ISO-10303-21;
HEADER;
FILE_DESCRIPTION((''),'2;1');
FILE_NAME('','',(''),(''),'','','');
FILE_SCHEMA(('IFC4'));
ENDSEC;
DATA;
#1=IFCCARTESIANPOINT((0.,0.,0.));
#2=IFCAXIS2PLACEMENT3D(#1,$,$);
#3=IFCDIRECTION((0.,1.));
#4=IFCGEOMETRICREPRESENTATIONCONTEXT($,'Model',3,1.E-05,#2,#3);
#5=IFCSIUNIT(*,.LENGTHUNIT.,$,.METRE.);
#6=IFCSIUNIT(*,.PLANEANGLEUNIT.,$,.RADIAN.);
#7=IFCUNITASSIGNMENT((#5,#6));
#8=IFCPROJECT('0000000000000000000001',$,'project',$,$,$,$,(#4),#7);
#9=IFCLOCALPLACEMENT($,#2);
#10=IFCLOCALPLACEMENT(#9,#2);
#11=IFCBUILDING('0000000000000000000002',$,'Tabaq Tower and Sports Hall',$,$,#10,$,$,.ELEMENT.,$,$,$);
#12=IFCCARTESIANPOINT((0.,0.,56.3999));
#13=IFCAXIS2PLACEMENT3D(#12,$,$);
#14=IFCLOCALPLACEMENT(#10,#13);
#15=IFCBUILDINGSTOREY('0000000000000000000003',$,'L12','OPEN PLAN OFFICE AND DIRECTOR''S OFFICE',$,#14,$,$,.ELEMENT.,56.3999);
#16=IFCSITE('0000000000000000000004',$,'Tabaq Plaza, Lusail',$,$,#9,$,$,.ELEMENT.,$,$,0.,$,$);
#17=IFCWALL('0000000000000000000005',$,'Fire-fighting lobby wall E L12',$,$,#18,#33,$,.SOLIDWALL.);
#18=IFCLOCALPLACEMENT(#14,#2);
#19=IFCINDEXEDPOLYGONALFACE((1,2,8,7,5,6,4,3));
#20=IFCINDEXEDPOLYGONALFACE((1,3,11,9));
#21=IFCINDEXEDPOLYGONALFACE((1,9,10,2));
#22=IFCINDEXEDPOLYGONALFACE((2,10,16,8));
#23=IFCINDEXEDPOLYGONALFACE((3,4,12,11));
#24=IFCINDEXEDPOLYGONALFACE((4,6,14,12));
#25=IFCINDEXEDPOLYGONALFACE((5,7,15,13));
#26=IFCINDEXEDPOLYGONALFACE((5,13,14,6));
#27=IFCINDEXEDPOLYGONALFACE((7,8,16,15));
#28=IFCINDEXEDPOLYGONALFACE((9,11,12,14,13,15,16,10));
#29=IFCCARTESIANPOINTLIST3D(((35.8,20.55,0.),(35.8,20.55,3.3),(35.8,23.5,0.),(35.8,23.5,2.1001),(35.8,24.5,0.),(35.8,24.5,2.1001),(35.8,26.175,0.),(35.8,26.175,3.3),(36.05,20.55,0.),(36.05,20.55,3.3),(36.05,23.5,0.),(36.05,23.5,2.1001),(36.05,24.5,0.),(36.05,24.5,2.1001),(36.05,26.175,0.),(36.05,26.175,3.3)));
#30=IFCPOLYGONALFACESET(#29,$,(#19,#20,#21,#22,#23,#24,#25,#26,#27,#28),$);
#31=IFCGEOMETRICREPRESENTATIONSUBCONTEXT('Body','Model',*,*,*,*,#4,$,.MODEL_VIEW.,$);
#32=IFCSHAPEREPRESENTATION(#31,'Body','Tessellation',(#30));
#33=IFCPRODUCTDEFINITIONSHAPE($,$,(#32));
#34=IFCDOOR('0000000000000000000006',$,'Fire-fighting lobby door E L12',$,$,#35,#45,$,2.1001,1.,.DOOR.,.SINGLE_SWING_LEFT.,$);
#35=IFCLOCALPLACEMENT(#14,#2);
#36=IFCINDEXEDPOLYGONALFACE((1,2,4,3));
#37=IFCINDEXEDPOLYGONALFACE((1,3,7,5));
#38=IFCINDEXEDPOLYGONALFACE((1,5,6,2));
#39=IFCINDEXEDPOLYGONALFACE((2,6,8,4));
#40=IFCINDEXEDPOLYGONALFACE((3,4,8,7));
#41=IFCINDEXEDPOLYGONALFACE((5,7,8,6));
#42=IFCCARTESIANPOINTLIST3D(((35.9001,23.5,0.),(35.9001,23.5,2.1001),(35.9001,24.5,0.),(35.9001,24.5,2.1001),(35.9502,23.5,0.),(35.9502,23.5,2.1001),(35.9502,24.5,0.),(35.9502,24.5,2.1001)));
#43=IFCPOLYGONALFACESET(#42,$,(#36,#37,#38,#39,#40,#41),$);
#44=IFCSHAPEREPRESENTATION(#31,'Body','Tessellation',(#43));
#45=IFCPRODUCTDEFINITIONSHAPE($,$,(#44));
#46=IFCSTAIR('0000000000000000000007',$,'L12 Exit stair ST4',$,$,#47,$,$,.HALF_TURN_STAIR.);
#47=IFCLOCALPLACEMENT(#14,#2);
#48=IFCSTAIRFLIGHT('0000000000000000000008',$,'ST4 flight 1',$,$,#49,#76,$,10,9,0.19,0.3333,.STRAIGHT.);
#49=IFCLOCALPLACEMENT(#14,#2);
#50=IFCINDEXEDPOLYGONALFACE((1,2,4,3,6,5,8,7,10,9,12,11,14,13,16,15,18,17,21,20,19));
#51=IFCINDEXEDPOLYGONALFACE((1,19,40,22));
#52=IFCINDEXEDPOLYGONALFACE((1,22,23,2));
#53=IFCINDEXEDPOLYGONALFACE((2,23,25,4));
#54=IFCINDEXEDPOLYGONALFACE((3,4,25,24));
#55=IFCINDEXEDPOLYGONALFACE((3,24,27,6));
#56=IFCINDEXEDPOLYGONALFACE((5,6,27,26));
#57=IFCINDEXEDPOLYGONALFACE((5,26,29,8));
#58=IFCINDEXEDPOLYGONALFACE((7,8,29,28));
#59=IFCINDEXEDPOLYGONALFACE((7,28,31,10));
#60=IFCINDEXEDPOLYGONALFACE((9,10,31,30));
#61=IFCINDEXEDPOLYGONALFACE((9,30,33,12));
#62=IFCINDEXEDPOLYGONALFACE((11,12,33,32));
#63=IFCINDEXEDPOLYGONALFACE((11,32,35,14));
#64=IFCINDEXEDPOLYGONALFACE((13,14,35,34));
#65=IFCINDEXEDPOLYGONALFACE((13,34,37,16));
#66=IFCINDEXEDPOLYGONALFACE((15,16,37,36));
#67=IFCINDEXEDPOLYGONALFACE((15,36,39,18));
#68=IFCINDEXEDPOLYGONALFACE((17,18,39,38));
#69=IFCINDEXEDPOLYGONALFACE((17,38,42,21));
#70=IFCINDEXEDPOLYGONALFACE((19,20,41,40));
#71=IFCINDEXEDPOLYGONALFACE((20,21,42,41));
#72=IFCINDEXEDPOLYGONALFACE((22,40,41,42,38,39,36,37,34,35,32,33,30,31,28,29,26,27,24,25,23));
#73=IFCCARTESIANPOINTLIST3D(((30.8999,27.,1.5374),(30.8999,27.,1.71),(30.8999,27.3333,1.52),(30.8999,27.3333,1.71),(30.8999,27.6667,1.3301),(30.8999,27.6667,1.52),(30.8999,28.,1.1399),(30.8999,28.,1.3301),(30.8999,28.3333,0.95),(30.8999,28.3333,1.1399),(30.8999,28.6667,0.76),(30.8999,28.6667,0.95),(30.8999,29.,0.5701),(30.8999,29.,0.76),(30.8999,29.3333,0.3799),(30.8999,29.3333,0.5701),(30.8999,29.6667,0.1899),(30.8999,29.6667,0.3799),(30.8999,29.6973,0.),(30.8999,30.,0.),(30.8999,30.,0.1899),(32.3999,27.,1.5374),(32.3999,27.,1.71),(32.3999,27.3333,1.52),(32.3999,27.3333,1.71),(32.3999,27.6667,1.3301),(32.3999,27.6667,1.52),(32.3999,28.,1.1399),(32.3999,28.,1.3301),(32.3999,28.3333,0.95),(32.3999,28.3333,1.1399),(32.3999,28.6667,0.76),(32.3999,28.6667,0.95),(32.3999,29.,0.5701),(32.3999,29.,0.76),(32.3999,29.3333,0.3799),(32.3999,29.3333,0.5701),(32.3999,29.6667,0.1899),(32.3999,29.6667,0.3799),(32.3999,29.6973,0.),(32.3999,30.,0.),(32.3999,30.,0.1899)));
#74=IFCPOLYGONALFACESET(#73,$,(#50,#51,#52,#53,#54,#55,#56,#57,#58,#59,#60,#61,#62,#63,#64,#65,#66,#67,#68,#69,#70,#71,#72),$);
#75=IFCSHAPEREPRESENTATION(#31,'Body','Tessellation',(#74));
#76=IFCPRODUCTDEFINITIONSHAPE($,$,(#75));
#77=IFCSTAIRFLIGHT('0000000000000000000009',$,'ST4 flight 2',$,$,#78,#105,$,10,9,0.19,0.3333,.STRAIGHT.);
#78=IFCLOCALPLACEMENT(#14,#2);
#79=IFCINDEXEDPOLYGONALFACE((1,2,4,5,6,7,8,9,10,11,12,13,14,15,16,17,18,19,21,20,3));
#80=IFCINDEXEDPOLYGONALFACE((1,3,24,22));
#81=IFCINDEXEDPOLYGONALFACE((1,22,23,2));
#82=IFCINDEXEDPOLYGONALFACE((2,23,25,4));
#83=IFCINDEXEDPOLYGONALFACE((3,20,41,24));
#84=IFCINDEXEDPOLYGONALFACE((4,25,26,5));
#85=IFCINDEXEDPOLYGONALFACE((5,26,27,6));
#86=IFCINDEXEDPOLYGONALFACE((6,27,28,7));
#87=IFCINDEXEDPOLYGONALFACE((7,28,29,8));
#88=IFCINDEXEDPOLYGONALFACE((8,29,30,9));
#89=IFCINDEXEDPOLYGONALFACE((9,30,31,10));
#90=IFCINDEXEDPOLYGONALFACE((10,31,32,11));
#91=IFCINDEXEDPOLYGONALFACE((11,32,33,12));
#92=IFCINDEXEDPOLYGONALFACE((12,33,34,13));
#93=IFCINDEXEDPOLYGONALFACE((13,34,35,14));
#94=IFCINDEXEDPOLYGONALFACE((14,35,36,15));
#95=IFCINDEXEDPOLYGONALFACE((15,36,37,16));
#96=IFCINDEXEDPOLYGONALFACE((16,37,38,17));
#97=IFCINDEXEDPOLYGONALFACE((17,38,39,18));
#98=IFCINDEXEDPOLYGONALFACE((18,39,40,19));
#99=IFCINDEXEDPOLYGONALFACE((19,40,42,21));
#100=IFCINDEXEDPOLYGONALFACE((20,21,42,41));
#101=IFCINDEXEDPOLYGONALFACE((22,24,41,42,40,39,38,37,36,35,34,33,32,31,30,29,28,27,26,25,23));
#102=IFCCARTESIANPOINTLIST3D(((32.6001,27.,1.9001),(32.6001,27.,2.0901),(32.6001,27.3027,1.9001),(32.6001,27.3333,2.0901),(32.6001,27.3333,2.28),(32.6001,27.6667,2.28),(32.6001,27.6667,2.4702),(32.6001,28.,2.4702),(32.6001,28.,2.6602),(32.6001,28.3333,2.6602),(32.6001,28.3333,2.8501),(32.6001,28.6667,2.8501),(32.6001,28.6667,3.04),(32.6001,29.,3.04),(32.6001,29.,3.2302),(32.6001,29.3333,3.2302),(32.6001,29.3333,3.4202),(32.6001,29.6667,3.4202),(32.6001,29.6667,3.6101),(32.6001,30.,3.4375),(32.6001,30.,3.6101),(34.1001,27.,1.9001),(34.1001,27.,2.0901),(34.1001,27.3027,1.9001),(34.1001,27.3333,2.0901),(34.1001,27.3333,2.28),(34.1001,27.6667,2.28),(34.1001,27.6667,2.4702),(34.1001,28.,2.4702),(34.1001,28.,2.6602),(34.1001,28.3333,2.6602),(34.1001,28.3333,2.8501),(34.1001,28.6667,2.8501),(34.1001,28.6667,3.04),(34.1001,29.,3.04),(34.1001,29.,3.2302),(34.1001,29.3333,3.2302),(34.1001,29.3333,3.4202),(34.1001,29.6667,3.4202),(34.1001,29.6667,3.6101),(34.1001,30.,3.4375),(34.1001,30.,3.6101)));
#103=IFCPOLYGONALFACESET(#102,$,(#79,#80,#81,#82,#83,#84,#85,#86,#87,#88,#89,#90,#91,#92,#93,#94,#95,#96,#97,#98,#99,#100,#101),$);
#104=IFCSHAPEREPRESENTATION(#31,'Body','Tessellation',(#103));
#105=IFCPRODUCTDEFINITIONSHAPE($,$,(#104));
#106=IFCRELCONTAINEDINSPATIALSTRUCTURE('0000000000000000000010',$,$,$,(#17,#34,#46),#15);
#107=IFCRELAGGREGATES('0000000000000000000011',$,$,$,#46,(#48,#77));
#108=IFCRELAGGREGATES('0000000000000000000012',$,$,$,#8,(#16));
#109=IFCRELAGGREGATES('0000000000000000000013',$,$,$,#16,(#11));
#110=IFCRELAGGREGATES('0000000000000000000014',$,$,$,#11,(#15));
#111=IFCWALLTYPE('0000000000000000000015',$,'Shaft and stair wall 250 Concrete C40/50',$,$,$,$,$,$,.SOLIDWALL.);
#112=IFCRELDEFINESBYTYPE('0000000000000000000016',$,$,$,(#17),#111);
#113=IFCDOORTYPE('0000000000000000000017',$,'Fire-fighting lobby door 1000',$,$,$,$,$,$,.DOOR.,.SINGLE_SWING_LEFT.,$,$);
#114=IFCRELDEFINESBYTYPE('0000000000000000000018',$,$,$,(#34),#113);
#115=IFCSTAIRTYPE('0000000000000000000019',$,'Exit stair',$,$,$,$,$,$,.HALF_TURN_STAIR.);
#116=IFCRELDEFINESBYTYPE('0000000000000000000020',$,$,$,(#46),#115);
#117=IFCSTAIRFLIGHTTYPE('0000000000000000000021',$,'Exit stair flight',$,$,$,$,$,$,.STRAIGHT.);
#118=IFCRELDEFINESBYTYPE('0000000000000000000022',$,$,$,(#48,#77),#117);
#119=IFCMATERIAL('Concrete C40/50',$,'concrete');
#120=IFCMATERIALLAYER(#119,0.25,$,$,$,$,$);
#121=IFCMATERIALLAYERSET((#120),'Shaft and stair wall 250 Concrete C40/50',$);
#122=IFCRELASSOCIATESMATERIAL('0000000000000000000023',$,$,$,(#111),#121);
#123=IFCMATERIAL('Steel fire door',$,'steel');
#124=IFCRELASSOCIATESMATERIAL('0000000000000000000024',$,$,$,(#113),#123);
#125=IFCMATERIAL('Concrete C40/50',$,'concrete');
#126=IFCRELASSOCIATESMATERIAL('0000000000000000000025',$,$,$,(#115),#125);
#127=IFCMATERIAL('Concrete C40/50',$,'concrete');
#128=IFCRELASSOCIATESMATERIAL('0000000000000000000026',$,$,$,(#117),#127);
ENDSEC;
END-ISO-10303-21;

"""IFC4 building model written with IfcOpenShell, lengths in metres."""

from ifc_helpers import new_model, si_unit, direction, frame, frame_2d, origin, place, context, subcontext, project, spatial, polyline, rectangle, outline, extrude, material, layer, layer_set, type_object, element, fill, aggregate, save


model = new_model("IFC4")

# Units and contexts
model_context = context("Model", 3, precision=1e-05, world=origin(), true_north=direction((0.0, 1.0)))
body_context = subcontext(model_context, "Body", "Model", "MODEL_VIEW")
ifc_project = project(units=[si_unit("LENGTHUNIT", "METRE"), si_unit("PLANEANGLEUNIT", "RADIAN")], contexts=[model_context])

# Site, building, storey
site_placement = place(None, origin())
site = spatial("IfcSite", under=ifc_project, at=site_placement, Name="Tabaq Plaza, Lusail", CompositionType="ELEMENT", RefElevation=0.0)
building_placement = place(site_placement, origin())
building = spatial("IfcBuilding", under=site, at=building_placement, Name="Tabaq Tower and Sports Hall", CompositionType="ELEMENT")
storey_placement = place(building_placement, frame((0.0, 0.0, 56.3999)))
storey = spatial("IfcBuildingStorey", under=building, at=storey_placement, Name="L12", Description="OPEN PLAN OFFICE AND DIRECTOR'S OFFICE", CompositionType="ELEMENT", Elevation=56.3999)

# Shared definitions
ifc_material_1 = material(Name="Concrete C40/50", Category="concrete")
ifc_layer_1 = layer(ifc_material_1, 0.25)
ifc_layer_set_1 = layer_set([ifc_layer_1], Name="Shaft and stair wall 250 Concrete C40/50")
wall_type_1 = type_object("IfcWallType", Name="Shaft and stair wall 250 Concrete C40/50", PredefinedType="SOLIDWALL", material=ifc_layer_set_1)

# Shared definitions
ifc_material_2 = material(Name="Steel fire door", Category="steel")
door_type_1 = type_object("IfcDoorType", Name="Fire-fighting lobby door 1000", OperationType="SINGLE_SWING_LEFT", PredefinedType="DOOR", material=ifc_material_2)

# Wall, opening, door
wall_1_placement = place(storey_placement, frame((35.925, 20.55, 0.0), z_axis=(0.0, 0.0, 1.0), x_axis=(0.0, 1.0, 0.0)))
wall_1 = element("IfcWall", 1, at=wall_1_placement, inside=storey, type_object=wall_type_1, Name="Fire-fighting lobby wall E L12", PredefinedType="SOLIDWALL", context=body_context, shape_type="SweptSolid", body=[
    extrude(rectangle(XDim=5.625, YDim=0.25, at=frame_2d((2.8125, 0.0))), origin(), (0.0, 0.0, 1.0), 3.3),
])
opening_1_placement = place(wall_1_placement, frame((2.95, 0.0, 0.0)))
opening_1 = element("IfcOpeningElement", 2, at=opening_1_placement, cuts=wall_1, PredefinedType="OPENING", context=body_context, shape_type="SweptSolid", body=[
    extrude(rectangle(XDim=1.0, YDim=2.1001, at=frame_2d((0.5, 1.05))), frame((0.0, 0.125, 0.0), z_axis=(0.0, -1.0, 0.0), x_axis=(1.0, 0.0, 0.0)), (0.0, 0.0, 1.0), 0.25),
])
door_1_placement = place(opening_1_placement, origin())
door_1 = element("IfcDoor", 3, at=door_1_placement, inside=storey, type_object=door_type_1, Name="Fire-fighting lobby door E L12", OperationType="SINGLE_SWING_LEFT", OverallHeight=2.1001, OverallWidth=1.0, PredefinedType="DOOR", context=body_context, shape_type="SweptSolid", body=[
    extrude(rectangle(XDim=1.0, YDim=2.1001, at=frame_2d((0.5, 1.05))), frame((0.0, 0.0249, 0.0), z_axis=(0.0, -1.0, 0.0), x_axis=(1.0, 0.0, 0.0)), (0.0, 0.0, 1.0), 0.05),
])
fill(opening_1, door_1)

# Stair, stair flights
ifc_material_3 = material(Name="Concrete C40/50", Category="concrete")
stair_type = type_object("IfcStairType", Name="Exit stair", PredefinedType="HALF_TURN_STAIR", material=ifc_material_3)
stair_placement = place(storey_placement, origin())
stair = element("IfcStair", 4, at=stair_placement, inside=storey, type_object=stair_type, Name="L12 Exit stair ST4", PredefinedType="HALF_TURN_STAIR")
ifc_material_4 = material(Name="Concrete C40/50", Category="concrete")
stair_flight_type = type_object("IfcStairFlightType", Name="Exit stair flight", PredefinedType="STRAIGHT", material=ifc_material_4)
stair_flight_1_placement = place(storey_placement, frame((31.6499, 30.0, 0.0), z_axis=(0.0, 0.0, 1.0), x_axis=(0.0, -1.0, 0.0)))
stair_flight_1 = element("IfcStairFlight", 5, at=stair_flight_1_placement, type_object=stair_flight_type, Name="ST4 flight 1", NumberOfRisers=10, NumberOfTreads=9, PredefinedType="STRAIGHT", RiserHeight=0.19, TreadLength=0.3333, context=body_context, shape_type="SweptSolid", body=[
    extrude(outline(polyline([(0.0, 0.0), (0.0, 0.1899), (0.3333, 0.1899), (0.3333, 0.3799), (0.6667, 0.3799), (0.6667, 0.5701), (1.0, 0.5701), (1.0, 0.76), (1.3333, 0.76), (1.3333, 0.95), (1.6667, 0.95), (1.6667, 1.1399), (2.0, 1.1399), (2.0, 1.3301), (2.3333, 1.3301), (2.3333, 1.52), (2.6667, 1.52), (2.6667, 1.71), (3.0, 1.71), (3.0, 1.8999), (3.0, 1.5374), (0.3027, 0.0), (0.0, 0.0)])), frame((0.0, 0.75, 0.0), z_axis=(0.0, -1.0, 0.0), x_axis=(1.0, 0.0, 0.0)), (0.0, 0.0, 1.0), 1.5),
])
stair_flight_2_placement = place(storey_placement, frame((33.3501, 27.0, 1.9001), z_axis=(0.0, 0.0, 1.0), x_axis=(0.0, 1.0, 0.0)))
stair_flight_2 = element("IfcStairFlight", 6, at=stair_flight_2_placement, type_object=stair_flight_type, Name="ST4 flight 2", NumberOfRisers=10, NumberOfTreads=9, PredefinedType="STRAIGHT", RiserHeight=0.19, TreadLength=0.3333, context=body_context, shape_type="SweptSolid", body=[
    extrude(outline(polyline([(0.0, 0.0), (0.0, 0.1899), (0.3333, 0.1899), (0.3333, 0.3799), (0.6667, 0.3799), (0.6667, 0.5701), (1.0, 0.5701), (1.0, 0.76), (1.3333, 0.76), (1.3333, 0.95), (1.6667, 0.95), (1.6667, 1.1399), (2.0, 1.1399), (2.0, 1.3301), (2.3333, 1.3301), (2.3333, 1.52), (2.6667, 1.52), (2.6667, 1.71), (3.0, 1.71), (3.0, 1.8999), (3.0, 1.5374), (0.3027, 0.0), (0.0, 0.0)])), frame((0.0, 0.75, 0.0), z_axis=(0.0, -1.0, 0.0), x_axis=(1.0, 0.0, 0.0)), (0.0, 0.0, 1.0), 1.5),
])
aggregate(stair, [stair_flight_1, stair_flight_2])

save(model, "model.ifc")
